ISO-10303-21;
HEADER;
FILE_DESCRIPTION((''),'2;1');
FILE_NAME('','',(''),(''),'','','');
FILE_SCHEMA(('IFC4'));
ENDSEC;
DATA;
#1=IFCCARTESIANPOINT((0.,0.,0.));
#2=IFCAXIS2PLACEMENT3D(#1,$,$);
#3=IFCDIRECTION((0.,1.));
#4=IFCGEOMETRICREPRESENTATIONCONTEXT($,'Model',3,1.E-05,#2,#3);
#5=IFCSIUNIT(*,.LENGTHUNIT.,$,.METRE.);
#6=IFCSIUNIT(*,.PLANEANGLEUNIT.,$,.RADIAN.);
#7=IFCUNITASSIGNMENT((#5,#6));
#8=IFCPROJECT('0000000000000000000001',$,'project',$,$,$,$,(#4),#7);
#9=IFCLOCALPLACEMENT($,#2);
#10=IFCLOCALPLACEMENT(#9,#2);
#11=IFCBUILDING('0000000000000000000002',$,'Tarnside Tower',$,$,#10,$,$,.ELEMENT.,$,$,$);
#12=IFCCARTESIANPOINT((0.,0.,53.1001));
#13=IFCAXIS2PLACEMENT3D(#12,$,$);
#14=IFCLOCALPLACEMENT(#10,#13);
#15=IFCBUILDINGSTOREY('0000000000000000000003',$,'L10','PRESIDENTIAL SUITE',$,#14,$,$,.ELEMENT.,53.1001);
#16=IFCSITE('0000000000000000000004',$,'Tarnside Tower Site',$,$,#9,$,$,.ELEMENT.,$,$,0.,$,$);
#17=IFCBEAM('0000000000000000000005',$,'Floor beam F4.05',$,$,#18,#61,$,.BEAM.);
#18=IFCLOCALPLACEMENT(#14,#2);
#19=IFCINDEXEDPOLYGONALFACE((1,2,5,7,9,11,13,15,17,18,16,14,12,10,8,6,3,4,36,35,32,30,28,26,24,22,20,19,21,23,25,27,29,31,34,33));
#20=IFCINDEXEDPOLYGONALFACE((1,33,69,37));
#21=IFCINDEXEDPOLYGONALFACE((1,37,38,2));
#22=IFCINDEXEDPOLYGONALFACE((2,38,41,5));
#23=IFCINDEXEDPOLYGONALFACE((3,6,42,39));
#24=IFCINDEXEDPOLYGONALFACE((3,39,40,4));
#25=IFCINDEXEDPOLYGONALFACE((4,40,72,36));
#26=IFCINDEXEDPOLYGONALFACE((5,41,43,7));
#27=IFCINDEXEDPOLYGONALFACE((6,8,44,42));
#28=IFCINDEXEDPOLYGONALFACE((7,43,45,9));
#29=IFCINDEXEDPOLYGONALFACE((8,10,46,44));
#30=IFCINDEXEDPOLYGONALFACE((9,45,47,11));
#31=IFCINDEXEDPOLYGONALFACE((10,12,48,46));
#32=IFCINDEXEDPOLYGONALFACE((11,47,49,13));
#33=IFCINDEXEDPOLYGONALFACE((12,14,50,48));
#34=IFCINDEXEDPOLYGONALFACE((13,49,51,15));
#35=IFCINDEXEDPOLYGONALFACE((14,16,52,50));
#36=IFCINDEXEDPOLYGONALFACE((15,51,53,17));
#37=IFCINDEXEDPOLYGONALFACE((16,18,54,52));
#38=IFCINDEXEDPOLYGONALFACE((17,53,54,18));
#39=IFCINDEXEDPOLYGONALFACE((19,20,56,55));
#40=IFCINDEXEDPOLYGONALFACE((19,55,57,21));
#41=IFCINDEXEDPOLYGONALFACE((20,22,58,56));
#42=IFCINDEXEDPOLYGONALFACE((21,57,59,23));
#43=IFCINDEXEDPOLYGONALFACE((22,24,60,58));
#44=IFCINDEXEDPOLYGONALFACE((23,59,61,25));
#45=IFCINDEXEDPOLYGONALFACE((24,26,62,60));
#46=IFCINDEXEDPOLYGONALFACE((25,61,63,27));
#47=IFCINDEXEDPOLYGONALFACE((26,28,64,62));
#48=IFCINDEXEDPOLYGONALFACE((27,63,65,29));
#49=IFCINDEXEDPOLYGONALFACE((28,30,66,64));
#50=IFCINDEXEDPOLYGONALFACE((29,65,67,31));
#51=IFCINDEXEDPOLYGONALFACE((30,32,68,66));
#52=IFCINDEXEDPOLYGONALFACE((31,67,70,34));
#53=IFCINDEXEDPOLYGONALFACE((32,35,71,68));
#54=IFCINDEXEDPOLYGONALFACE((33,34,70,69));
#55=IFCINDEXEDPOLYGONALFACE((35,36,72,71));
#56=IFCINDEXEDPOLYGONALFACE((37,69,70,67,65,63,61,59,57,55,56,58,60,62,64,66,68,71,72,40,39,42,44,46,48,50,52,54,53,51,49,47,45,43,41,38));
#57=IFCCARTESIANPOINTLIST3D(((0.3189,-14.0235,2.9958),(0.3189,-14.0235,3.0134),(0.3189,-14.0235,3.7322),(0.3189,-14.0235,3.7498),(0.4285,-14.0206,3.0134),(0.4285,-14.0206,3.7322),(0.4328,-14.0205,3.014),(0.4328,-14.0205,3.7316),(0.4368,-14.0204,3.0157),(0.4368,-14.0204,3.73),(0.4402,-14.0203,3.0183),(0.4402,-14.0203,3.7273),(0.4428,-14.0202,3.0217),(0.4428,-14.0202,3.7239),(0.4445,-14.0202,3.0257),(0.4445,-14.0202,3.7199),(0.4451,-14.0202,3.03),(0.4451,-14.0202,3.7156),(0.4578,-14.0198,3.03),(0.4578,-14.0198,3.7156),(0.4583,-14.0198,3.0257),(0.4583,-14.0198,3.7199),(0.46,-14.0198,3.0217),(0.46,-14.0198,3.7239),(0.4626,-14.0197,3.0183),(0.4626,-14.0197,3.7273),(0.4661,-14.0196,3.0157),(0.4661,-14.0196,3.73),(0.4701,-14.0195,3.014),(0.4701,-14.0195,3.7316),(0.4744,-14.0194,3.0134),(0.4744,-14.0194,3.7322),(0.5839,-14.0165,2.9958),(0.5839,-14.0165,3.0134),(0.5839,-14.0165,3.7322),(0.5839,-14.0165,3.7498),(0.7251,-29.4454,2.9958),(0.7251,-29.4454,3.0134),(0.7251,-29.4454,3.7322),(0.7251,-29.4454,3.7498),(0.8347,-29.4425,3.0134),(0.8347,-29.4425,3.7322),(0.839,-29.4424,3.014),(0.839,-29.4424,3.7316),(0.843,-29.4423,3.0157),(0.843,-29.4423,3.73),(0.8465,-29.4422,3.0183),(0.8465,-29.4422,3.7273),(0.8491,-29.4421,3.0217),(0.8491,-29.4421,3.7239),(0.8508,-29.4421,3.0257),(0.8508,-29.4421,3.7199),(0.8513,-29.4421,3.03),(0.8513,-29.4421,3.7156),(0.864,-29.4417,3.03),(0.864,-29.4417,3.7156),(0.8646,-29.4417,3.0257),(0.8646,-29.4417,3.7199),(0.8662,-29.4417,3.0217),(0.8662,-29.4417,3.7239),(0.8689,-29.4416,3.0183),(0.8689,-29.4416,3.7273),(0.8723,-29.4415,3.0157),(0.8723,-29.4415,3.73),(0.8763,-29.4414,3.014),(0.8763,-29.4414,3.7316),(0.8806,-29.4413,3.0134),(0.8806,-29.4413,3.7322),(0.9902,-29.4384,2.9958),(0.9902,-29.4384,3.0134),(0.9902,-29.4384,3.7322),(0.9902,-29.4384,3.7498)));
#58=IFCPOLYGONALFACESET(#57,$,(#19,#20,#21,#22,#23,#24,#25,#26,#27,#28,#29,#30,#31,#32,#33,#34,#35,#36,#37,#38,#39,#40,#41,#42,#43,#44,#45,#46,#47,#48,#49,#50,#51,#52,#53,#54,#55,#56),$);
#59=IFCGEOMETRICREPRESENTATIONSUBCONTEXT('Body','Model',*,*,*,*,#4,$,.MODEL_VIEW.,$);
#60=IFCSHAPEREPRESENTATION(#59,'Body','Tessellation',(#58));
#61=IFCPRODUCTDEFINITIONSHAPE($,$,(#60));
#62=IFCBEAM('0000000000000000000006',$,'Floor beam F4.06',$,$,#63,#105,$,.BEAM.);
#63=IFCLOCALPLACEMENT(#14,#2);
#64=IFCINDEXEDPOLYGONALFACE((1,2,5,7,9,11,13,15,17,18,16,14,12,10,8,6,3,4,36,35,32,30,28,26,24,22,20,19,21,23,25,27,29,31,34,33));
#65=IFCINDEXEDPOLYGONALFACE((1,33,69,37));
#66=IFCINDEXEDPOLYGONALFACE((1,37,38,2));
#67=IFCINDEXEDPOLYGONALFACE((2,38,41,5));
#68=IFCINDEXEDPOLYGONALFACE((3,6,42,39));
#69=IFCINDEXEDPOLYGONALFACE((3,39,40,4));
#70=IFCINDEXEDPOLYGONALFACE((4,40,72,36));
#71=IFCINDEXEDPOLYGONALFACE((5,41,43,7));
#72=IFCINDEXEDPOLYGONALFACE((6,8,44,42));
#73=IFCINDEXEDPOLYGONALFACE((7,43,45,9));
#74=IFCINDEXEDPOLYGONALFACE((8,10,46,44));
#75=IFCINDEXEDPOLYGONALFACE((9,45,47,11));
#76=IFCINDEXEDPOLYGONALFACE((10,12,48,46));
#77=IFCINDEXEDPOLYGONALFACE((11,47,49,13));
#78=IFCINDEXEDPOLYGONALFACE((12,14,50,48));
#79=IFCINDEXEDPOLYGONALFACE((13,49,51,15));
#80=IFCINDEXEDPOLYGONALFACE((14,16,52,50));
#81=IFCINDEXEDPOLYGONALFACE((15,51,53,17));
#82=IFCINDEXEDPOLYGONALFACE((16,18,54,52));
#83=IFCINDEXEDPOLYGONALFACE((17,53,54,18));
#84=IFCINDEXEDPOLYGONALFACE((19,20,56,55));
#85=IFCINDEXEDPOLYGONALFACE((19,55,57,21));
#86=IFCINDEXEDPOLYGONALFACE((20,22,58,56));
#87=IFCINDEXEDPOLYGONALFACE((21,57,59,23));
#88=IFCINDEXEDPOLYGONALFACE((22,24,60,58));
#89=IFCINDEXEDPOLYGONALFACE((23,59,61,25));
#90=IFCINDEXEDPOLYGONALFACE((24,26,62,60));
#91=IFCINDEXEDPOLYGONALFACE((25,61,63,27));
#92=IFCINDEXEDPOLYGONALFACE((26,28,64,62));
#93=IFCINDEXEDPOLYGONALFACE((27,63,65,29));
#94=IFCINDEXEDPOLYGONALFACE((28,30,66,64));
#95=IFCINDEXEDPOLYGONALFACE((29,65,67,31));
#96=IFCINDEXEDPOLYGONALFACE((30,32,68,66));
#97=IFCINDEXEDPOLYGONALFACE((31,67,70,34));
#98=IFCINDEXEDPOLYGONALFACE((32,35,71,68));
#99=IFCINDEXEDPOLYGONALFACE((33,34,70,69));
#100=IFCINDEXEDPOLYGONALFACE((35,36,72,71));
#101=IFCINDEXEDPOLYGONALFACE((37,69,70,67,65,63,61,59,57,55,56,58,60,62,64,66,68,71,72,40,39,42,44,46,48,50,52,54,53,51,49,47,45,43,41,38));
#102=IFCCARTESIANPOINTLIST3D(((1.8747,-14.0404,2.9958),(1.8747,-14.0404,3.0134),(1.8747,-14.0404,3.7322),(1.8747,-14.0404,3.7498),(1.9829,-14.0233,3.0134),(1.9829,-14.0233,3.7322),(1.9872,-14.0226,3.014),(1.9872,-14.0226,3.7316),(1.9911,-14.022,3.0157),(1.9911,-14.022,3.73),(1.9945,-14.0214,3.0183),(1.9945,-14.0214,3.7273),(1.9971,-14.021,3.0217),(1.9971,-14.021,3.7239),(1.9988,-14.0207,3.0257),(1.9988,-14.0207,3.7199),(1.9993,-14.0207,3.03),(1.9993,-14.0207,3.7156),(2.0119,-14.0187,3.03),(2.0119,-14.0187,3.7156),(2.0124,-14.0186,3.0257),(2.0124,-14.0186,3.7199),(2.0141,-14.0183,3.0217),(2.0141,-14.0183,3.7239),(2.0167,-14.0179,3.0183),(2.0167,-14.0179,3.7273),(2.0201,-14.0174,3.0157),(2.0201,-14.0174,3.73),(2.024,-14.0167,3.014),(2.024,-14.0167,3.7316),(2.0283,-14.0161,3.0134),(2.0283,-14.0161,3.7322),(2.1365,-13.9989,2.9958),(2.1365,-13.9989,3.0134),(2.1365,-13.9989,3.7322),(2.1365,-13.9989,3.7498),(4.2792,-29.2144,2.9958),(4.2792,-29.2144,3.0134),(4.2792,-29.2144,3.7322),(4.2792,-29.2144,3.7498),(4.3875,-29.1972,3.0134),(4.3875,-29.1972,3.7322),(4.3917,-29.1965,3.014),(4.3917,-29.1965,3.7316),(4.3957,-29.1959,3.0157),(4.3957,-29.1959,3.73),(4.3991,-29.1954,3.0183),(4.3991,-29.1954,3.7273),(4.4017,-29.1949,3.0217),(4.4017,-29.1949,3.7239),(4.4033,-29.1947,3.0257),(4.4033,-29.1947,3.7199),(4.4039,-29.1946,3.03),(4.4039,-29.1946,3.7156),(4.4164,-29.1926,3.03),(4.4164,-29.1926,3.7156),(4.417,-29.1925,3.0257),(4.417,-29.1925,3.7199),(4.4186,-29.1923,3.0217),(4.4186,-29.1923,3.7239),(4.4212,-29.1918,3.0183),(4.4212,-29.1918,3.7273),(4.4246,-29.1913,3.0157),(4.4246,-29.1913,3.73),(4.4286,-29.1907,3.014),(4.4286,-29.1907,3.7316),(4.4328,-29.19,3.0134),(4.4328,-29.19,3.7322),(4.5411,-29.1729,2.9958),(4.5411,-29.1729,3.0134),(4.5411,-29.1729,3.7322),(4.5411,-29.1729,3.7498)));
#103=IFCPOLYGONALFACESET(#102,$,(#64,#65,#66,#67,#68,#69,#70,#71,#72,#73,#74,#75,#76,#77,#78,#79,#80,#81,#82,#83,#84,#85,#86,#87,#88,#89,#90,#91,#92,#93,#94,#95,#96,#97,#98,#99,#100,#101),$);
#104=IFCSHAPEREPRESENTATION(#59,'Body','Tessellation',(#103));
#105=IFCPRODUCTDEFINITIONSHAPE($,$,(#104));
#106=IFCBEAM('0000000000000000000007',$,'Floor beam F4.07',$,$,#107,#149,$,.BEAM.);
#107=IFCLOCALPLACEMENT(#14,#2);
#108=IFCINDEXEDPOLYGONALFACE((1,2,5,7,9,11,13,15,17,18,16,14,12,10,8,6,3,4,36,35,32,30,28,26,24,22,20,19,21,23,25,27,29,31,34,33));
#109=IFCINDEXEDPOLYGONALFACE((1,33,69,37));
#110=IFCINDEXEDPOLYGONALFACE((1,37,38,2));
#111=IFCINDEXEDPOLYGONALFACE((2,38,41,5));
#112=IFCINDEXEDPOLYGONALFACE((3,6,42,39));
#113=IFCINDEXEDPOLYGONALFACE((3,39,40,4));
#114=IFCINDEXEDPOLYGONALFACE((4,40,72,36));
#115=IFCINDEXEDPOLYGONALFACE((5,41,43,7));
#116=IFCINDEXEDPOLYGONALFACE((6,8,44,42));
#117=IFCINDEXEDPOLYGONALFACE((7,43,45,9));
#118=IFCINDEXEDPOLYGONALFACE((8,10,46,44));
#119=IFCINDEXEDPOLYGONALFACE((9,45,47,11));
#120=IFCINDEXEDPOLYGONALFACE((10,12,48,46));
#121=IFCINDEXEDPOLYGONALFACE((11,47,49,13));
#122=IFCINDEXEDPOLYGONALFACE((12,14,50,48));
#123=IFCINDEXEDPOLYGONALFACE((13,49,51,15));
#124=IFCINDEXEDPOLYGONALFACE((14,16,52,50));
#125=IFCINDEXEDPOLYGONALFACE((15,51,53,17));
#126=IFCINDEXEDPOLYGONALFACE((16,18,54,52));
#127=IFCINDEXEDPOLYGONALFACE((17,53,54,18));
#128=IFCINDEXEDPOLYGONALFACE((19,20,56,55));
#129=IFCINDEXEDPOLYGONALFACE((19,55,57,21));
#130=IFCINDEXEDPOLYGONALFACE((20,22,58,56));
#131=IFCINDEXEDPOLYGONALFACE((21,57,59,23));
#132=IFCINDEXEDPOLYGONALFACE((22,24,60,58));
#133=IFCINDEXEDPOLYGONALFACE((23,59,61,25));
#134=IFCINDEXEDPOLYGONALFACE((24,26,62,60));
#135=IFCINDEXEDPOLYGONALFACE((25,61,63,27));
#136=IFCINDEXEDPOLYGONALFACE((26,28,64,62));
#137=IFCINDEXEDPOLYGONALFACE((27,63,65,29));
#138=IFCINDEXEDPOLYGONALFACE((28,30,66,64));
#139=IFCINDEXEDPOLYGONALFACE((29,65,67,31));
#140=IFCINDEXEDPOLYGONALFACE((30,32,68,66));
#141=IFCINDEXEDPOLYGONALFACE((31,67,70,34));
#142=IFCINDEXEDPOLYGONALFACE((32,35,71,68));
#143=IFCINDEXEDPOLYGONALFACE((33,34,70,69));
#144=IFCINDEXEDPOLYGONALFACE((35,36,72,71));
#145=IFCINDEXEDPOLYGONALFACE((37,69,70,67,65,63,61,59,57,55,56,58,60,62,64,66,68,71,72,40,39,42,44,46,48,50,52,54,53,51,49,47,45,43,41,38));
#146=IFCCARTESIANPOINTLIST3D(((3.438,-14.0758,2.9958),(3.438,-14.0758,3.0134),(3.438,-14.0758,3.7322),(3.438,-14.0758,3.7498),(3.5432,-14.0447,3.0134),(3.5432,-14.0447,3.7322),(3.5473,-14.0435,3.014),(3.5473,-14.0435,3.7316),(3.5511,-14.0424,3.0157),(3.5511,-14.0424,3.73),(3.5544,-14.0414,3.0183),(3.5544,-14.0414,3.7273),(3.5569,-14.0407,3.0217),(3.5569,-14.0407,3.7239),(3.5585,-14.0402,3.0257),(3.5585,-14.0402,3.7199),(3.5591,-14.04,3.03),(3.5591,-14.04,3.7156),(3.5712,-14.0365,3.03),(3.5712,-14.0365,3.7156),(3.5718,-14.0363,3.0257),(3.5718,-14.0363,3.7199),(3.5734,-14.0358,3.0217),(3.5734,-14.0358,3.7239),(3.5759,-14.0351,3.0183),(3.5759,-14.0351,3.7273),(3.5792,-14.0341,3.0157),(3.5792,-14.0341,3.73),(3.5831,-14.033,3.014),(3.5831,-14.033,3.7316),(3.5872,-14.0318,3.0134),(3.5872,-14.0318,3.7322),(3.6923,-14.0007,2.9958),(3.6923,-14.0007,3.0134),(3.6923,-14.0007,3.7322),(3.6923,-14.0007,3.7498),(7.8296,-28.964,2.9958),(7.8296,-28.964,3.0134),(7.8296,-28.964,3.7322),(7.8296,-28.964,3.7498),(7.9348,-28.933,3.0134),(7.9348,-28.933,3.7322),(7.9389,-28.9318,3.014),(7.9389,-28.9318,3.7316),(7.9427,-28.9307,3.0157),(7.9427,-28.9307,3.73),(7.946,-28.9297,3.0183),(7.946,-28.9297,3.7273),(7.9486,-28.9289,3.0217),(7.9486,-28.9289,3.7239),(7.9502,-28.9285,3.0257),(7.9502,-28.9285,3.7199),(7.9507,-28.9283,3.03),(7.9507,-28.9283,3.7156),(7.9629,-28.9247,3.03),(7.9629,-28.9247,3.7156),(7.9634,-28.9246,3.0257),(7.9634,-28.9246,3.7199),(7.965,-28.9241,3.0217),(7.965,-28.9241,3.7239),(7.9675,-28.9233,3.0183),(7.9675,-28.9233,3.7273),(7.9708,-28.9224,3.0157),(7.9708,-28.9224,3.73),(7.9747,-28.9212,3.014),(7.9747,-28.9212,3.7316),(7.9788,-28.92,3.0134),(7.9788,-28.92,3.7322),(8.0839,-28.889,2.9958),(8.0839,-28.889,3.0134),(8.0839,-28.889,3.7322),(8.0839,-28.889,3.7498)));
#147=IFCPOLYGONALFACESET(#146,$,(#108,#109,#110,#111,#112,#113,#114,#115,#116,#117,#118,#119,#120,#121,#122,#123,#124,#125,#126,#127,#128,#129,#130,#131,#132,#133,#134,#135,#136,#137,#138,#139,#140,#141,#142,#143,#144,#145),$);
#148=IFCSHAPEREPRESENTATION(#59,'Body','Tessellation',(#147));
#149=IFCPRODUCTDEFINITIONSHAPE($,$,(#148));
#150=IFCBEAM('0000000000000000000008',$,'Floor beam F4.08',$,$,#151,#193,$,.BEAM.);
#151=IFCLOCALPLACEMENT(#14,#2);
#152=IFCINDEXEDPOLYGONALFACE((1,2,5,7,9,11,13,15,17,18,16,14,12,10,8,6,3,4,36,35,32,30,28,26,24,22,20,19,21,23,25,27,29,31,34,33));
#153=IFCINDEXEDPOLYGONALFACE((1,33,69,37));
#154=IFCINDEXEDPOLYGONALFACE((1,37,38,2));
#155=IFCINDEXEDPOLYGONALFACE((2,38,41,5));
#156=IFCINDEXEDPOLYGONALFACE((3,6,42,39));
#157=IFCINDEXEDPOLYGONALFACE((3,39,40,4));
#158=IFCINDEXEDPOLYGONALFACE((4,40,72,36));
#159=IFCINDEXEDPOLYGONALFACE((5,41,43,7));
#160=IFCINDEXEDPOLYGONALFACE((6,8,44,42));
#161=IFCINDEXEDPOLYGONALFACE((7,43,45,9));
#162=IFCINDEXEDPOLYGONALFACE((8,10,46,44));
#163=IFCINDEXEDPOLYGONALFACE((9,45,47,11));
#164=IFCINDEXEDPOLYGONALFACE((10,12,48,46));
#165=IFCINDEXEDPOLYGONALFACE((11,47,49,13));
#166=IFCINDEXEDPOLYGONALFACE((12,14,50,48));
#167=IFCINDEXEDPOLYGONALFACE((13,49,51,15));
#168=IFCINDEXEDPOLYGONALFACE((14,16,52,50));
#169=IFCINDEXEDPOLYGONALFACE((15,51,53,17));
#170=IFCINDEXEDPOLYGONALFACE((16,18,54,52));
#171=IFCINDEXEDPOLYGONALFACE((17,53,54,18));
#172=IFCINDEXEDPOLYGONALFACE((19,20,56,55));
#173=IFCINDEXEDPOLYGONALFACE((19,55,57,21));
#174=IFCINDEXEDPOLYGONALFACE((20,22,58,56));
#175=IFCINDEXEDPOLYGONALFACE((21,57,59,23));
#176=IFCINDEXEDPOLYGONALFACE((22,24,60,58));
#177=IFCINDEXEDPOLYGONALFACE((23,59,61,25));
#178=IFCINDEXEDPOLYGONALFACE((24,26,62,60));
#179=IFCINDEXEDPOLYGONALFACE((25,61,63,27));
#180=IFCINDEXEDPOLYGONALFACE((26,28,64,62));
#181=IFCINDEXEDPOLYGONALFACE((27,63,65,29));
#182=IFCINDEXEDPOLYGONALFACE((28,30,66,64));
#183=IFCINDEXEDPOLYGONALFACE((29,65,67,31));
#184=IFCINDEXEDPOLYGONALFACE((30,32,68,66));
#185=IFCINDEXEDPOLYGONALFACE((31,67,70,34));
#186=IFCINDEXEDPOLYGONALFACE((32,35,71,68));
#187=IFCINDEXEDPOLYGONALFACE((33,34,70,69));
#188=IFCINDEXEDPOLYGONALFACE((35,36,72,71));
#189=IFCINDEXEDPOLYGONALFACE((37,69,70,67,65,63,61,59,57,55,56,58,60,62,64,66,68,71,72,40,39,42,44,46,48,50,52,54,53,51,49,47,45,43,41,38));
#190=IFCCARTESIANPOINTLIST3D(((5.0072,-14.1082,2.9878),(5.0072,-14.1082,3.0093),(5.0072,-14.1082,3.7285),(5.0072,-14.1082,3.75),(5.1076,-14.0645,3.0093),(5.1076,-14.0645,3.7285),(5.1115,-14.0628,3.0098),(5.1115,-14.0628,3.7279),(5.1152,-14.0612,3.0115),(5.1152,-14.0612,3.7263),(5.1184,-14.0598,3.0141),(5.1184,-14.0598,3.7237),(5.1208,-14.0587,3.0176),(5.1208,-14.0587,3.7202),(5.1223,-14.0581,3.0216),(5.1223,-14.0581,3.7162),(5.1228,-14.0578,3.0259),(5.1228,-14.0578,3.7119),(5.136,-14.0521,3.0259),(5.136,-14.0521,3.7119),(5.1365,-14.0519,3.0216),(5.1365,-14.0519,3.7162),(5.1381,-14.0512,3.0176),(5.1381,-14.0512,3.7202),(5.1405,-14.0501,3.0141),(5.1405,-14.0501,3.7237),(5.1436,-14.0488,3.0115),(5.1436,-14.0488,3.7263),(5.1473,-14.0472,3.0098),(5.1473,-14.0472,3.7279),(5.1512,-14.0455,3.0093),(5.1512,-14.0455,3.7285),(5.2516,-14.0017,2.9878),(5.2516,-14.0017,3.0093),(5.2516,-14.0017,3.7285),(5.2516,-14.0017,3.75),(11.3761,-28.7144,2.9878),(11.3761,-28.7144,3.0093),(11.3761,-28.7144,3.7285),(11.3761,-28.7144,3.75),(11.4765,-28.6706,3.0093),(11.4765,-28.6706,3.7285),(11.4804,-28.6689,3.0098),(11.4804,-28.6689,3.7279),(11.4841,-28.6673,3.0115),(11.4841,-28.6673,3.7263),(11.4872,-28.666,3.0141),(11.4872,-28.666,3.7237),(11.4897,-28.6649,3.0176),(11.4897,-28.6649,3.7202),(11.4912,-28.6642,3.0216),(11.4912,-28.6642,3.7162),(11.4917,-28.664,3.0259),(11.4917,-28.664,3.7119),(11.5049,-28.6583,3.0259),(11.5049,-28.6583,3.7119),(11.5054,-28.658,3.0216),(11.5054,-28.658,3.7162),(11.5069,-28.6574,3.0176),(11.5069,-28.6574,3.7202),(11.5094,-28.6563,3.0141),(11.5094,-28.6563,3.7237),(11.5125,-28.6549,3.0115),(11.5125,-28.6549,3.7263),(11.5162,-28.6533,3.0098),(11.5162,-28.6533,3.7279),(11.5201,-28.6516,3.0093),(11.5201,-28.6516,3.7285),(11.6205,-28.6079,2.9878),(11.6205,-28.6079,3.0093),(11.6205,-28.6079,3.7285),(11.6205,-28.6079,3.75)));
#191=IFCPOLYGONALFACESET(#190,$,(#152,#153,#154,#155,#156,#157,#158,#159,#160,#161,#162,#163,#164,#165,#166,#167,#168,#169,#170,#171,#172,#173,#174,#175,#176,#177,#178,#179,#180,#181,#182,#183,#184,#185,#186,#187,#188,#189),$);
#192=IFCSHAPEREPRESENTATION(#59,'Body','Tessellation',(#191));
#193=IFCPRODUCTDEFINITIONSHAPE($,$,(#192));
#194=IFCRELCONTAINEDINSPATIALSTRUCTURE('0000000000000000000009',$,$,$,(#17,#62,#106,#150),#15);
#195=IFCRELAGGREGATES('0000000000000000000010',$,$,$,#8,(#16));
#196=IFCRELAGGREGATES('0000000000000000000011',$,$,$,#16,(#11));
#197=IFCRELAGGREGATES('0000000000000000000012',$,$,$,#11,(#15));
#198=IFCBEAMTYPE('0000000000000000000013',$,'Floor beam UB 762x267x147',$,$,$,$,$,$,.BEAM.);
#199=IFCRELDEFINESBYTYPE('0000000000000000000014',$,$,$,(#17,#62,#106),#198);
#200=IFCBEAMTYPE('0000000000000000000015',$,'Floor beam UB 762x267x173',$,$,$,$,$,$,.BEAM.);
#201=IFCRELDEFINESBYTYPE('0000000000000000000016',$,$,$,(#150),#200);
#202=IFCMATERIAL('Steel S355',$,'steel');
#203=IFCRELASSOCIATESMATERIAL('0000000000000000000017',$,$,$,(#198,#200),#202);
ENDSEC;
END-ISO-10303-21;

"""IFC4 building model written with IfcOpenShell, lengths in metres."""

from ifc_helpers import new_model, si_unit, direction, frame, origin, origin_2d, place, context, subcontext, project, spatial, i_section, extrude, material, material_profile, profile_set, type_object, element, save


model = new_model("IFC4")

# Units and contexts
model_context = context("Model", 3, precision=1e-05, world=origin(), true_north=direction((0.0, 1.0)))
body_context = subcontext(model_context, "Body", "Model", "MODEL_VIEW")
ifc_project = project(units=[si_unit("LENGTHUNIT", "METRE"), si_unit("PLANEANGLEUNIT", "RADIAN")], contexts=[model_context])

# Site, building, storey
site_placement = place(None, origin())
site = spatial("IfcSite", under=ifc_project, at=site_placement, Name="Tarnside Tower Site", CompositionType="ELEMENT", RefElevation=0.0)
building_placement = place(site_placement, origin())
building = spatial("IfcBuilding", under=site, at=building_placement, Name="Tarnside Tower", CompositionType="ELEMENT")
storey_placement = place(building_placement, frame((0.0, 0.0, 53.1001)))
storey = spatial("IfcBuildingStorey", under=building, at=storey_placement, Name="L10", Description="PRESIDENTIAL SUITE", CompositionType="ELEMENT", Elevation=53.1001)

# Beams
ifc_material_1 = material(Name="Steel S355", Category="steel")
ifc_material_profile_1 = material_profile(ifc_material_1, i_section(OverallWidth=0.2651, OverallDepth=0.7539, WebThickness=0.0127, FlangeThickness=0.0176, FilletRadius=0.0166, at=origin_2d()), Name="UB 762x267x147")
ifc_profile_set_1 = profile_set([ifc_material_profile_1], Name="Steel S355")
beam_type_1 = type_object("IfcBeamType", Name="Floor beam UB 762x267x147", PredefinedType="BEAM", material=ifc_profile_set_1)
beam_1_placement = place(storey_placement, frame((0.8577, -29.4419, 3.3728), z_axis=(-0.026333, 0.999653, 0.0), x_axis=(-0.999653, -0.026333, 0.0)))
element("IfcBeam", 1, at=beam_1_placement, inside=storey, type_object=beam_type_1, Name="Floor beam F4.05", PredefinedType="BEAM", context=body_context, shape_type="SweptSolid", body=[
    extrude(i_section(OverallWidth=0.2651, OverallDepth=0.7539, WebThickness=0.0127, FlangeThickness=0.0176, FilletRadius=0.0166, at=origin_2d()), origin(), (0.0, 0.0, 1.0), 15.4272),
])
beam_2_placement = place(storey_placement, frame((4.4102, -29.1936, 3.3728), z_axis=(-0.156513, 0.987676, 0.0), x_axis=(-0.987676, -0.156513, 0.0)))
element("IfcBeam", 2, at=beam_2_placement, inside=storey, type_object=beam_type_1, Name="Floor beam F4.06", PredefinedType="BEAM", context=body_context, shape_type="SweptSolid", body=[
    extrude(i_section(OverallWidth=0.2651, OverallDepth=0.7539, WebThickness=0.0127, FlangeThickness=0.0176, FilletRadius=0.0166, at=origin_2d()), origin(), (0.0, 0.0, 1.0), 15.3633),
])
beam_3_placement = place(storey_placement, frame((7.9568, -28.9265, 3.3728), z_axis=(-0.282921, 0.959143, 0.0), x_axis=(-0.959143, -0.282921, 0.0)))
element("IfcBeam", 3, at=beam_3_placement, inside=storey, type_object=beam_type_1, Name="Floor beam F4.07", PredefinedType="BEAM", context=body_context, shape_type="SweptSolid", body=[
    extrude(i_section(OverallWidth=0.2651, OverallDepth=0.7539, WebThickness=0.0127, FlangeThickness=0.0176, FilletRadius=0.0166, at=origin_2d()), origin(), (0.0, 0.0, 1.0), 15.5225),
])
ifc_material_profile_2 = material_profile(ifc_material_1, i_section(OverallWidth=0.2666, OverallDepth=0.7622, WebThickness=0.0144, FlangeThickness=0.0215, FilletRadius=0.0166, at=origin_2d()), Name="UB 762x267x173")
ifc_profile_set_2 = profile_set([ifc_material_profile_2], Name="Steel S355")
beam_type_2 = type_object("IfcBeamType", Name="Floor beam UB 762x267x173", PredefinedType="BEAM", material=ifc_profile_set_2)
beam_4_placement = place(storey_placement, frame((11.4983, -28.6611, 3.3689), z_axis=(-0.399696, 0.916648, 0.0), x_axis=(-0.916648, -0.399696, 0.0)))
element("IfcBeam", 4, at=beam_4_placement, inside=storey, type_object=beam_type_2, Name="Floor beam F4.08", PredefinedType="BEAM", context=body_context, shape_type="SweptSolid", body=[
    extrude(i_section(OverallWidth=0.2666, OverallDepth=0.7622, WebThickness=0.0144, FlangeThickness=0.0215, FilletRadius=0.0166, at=origin_2d()), origin(), (0.0, 0.0, 1.0), 15.9343),
])

save(model, "model.ifc")
